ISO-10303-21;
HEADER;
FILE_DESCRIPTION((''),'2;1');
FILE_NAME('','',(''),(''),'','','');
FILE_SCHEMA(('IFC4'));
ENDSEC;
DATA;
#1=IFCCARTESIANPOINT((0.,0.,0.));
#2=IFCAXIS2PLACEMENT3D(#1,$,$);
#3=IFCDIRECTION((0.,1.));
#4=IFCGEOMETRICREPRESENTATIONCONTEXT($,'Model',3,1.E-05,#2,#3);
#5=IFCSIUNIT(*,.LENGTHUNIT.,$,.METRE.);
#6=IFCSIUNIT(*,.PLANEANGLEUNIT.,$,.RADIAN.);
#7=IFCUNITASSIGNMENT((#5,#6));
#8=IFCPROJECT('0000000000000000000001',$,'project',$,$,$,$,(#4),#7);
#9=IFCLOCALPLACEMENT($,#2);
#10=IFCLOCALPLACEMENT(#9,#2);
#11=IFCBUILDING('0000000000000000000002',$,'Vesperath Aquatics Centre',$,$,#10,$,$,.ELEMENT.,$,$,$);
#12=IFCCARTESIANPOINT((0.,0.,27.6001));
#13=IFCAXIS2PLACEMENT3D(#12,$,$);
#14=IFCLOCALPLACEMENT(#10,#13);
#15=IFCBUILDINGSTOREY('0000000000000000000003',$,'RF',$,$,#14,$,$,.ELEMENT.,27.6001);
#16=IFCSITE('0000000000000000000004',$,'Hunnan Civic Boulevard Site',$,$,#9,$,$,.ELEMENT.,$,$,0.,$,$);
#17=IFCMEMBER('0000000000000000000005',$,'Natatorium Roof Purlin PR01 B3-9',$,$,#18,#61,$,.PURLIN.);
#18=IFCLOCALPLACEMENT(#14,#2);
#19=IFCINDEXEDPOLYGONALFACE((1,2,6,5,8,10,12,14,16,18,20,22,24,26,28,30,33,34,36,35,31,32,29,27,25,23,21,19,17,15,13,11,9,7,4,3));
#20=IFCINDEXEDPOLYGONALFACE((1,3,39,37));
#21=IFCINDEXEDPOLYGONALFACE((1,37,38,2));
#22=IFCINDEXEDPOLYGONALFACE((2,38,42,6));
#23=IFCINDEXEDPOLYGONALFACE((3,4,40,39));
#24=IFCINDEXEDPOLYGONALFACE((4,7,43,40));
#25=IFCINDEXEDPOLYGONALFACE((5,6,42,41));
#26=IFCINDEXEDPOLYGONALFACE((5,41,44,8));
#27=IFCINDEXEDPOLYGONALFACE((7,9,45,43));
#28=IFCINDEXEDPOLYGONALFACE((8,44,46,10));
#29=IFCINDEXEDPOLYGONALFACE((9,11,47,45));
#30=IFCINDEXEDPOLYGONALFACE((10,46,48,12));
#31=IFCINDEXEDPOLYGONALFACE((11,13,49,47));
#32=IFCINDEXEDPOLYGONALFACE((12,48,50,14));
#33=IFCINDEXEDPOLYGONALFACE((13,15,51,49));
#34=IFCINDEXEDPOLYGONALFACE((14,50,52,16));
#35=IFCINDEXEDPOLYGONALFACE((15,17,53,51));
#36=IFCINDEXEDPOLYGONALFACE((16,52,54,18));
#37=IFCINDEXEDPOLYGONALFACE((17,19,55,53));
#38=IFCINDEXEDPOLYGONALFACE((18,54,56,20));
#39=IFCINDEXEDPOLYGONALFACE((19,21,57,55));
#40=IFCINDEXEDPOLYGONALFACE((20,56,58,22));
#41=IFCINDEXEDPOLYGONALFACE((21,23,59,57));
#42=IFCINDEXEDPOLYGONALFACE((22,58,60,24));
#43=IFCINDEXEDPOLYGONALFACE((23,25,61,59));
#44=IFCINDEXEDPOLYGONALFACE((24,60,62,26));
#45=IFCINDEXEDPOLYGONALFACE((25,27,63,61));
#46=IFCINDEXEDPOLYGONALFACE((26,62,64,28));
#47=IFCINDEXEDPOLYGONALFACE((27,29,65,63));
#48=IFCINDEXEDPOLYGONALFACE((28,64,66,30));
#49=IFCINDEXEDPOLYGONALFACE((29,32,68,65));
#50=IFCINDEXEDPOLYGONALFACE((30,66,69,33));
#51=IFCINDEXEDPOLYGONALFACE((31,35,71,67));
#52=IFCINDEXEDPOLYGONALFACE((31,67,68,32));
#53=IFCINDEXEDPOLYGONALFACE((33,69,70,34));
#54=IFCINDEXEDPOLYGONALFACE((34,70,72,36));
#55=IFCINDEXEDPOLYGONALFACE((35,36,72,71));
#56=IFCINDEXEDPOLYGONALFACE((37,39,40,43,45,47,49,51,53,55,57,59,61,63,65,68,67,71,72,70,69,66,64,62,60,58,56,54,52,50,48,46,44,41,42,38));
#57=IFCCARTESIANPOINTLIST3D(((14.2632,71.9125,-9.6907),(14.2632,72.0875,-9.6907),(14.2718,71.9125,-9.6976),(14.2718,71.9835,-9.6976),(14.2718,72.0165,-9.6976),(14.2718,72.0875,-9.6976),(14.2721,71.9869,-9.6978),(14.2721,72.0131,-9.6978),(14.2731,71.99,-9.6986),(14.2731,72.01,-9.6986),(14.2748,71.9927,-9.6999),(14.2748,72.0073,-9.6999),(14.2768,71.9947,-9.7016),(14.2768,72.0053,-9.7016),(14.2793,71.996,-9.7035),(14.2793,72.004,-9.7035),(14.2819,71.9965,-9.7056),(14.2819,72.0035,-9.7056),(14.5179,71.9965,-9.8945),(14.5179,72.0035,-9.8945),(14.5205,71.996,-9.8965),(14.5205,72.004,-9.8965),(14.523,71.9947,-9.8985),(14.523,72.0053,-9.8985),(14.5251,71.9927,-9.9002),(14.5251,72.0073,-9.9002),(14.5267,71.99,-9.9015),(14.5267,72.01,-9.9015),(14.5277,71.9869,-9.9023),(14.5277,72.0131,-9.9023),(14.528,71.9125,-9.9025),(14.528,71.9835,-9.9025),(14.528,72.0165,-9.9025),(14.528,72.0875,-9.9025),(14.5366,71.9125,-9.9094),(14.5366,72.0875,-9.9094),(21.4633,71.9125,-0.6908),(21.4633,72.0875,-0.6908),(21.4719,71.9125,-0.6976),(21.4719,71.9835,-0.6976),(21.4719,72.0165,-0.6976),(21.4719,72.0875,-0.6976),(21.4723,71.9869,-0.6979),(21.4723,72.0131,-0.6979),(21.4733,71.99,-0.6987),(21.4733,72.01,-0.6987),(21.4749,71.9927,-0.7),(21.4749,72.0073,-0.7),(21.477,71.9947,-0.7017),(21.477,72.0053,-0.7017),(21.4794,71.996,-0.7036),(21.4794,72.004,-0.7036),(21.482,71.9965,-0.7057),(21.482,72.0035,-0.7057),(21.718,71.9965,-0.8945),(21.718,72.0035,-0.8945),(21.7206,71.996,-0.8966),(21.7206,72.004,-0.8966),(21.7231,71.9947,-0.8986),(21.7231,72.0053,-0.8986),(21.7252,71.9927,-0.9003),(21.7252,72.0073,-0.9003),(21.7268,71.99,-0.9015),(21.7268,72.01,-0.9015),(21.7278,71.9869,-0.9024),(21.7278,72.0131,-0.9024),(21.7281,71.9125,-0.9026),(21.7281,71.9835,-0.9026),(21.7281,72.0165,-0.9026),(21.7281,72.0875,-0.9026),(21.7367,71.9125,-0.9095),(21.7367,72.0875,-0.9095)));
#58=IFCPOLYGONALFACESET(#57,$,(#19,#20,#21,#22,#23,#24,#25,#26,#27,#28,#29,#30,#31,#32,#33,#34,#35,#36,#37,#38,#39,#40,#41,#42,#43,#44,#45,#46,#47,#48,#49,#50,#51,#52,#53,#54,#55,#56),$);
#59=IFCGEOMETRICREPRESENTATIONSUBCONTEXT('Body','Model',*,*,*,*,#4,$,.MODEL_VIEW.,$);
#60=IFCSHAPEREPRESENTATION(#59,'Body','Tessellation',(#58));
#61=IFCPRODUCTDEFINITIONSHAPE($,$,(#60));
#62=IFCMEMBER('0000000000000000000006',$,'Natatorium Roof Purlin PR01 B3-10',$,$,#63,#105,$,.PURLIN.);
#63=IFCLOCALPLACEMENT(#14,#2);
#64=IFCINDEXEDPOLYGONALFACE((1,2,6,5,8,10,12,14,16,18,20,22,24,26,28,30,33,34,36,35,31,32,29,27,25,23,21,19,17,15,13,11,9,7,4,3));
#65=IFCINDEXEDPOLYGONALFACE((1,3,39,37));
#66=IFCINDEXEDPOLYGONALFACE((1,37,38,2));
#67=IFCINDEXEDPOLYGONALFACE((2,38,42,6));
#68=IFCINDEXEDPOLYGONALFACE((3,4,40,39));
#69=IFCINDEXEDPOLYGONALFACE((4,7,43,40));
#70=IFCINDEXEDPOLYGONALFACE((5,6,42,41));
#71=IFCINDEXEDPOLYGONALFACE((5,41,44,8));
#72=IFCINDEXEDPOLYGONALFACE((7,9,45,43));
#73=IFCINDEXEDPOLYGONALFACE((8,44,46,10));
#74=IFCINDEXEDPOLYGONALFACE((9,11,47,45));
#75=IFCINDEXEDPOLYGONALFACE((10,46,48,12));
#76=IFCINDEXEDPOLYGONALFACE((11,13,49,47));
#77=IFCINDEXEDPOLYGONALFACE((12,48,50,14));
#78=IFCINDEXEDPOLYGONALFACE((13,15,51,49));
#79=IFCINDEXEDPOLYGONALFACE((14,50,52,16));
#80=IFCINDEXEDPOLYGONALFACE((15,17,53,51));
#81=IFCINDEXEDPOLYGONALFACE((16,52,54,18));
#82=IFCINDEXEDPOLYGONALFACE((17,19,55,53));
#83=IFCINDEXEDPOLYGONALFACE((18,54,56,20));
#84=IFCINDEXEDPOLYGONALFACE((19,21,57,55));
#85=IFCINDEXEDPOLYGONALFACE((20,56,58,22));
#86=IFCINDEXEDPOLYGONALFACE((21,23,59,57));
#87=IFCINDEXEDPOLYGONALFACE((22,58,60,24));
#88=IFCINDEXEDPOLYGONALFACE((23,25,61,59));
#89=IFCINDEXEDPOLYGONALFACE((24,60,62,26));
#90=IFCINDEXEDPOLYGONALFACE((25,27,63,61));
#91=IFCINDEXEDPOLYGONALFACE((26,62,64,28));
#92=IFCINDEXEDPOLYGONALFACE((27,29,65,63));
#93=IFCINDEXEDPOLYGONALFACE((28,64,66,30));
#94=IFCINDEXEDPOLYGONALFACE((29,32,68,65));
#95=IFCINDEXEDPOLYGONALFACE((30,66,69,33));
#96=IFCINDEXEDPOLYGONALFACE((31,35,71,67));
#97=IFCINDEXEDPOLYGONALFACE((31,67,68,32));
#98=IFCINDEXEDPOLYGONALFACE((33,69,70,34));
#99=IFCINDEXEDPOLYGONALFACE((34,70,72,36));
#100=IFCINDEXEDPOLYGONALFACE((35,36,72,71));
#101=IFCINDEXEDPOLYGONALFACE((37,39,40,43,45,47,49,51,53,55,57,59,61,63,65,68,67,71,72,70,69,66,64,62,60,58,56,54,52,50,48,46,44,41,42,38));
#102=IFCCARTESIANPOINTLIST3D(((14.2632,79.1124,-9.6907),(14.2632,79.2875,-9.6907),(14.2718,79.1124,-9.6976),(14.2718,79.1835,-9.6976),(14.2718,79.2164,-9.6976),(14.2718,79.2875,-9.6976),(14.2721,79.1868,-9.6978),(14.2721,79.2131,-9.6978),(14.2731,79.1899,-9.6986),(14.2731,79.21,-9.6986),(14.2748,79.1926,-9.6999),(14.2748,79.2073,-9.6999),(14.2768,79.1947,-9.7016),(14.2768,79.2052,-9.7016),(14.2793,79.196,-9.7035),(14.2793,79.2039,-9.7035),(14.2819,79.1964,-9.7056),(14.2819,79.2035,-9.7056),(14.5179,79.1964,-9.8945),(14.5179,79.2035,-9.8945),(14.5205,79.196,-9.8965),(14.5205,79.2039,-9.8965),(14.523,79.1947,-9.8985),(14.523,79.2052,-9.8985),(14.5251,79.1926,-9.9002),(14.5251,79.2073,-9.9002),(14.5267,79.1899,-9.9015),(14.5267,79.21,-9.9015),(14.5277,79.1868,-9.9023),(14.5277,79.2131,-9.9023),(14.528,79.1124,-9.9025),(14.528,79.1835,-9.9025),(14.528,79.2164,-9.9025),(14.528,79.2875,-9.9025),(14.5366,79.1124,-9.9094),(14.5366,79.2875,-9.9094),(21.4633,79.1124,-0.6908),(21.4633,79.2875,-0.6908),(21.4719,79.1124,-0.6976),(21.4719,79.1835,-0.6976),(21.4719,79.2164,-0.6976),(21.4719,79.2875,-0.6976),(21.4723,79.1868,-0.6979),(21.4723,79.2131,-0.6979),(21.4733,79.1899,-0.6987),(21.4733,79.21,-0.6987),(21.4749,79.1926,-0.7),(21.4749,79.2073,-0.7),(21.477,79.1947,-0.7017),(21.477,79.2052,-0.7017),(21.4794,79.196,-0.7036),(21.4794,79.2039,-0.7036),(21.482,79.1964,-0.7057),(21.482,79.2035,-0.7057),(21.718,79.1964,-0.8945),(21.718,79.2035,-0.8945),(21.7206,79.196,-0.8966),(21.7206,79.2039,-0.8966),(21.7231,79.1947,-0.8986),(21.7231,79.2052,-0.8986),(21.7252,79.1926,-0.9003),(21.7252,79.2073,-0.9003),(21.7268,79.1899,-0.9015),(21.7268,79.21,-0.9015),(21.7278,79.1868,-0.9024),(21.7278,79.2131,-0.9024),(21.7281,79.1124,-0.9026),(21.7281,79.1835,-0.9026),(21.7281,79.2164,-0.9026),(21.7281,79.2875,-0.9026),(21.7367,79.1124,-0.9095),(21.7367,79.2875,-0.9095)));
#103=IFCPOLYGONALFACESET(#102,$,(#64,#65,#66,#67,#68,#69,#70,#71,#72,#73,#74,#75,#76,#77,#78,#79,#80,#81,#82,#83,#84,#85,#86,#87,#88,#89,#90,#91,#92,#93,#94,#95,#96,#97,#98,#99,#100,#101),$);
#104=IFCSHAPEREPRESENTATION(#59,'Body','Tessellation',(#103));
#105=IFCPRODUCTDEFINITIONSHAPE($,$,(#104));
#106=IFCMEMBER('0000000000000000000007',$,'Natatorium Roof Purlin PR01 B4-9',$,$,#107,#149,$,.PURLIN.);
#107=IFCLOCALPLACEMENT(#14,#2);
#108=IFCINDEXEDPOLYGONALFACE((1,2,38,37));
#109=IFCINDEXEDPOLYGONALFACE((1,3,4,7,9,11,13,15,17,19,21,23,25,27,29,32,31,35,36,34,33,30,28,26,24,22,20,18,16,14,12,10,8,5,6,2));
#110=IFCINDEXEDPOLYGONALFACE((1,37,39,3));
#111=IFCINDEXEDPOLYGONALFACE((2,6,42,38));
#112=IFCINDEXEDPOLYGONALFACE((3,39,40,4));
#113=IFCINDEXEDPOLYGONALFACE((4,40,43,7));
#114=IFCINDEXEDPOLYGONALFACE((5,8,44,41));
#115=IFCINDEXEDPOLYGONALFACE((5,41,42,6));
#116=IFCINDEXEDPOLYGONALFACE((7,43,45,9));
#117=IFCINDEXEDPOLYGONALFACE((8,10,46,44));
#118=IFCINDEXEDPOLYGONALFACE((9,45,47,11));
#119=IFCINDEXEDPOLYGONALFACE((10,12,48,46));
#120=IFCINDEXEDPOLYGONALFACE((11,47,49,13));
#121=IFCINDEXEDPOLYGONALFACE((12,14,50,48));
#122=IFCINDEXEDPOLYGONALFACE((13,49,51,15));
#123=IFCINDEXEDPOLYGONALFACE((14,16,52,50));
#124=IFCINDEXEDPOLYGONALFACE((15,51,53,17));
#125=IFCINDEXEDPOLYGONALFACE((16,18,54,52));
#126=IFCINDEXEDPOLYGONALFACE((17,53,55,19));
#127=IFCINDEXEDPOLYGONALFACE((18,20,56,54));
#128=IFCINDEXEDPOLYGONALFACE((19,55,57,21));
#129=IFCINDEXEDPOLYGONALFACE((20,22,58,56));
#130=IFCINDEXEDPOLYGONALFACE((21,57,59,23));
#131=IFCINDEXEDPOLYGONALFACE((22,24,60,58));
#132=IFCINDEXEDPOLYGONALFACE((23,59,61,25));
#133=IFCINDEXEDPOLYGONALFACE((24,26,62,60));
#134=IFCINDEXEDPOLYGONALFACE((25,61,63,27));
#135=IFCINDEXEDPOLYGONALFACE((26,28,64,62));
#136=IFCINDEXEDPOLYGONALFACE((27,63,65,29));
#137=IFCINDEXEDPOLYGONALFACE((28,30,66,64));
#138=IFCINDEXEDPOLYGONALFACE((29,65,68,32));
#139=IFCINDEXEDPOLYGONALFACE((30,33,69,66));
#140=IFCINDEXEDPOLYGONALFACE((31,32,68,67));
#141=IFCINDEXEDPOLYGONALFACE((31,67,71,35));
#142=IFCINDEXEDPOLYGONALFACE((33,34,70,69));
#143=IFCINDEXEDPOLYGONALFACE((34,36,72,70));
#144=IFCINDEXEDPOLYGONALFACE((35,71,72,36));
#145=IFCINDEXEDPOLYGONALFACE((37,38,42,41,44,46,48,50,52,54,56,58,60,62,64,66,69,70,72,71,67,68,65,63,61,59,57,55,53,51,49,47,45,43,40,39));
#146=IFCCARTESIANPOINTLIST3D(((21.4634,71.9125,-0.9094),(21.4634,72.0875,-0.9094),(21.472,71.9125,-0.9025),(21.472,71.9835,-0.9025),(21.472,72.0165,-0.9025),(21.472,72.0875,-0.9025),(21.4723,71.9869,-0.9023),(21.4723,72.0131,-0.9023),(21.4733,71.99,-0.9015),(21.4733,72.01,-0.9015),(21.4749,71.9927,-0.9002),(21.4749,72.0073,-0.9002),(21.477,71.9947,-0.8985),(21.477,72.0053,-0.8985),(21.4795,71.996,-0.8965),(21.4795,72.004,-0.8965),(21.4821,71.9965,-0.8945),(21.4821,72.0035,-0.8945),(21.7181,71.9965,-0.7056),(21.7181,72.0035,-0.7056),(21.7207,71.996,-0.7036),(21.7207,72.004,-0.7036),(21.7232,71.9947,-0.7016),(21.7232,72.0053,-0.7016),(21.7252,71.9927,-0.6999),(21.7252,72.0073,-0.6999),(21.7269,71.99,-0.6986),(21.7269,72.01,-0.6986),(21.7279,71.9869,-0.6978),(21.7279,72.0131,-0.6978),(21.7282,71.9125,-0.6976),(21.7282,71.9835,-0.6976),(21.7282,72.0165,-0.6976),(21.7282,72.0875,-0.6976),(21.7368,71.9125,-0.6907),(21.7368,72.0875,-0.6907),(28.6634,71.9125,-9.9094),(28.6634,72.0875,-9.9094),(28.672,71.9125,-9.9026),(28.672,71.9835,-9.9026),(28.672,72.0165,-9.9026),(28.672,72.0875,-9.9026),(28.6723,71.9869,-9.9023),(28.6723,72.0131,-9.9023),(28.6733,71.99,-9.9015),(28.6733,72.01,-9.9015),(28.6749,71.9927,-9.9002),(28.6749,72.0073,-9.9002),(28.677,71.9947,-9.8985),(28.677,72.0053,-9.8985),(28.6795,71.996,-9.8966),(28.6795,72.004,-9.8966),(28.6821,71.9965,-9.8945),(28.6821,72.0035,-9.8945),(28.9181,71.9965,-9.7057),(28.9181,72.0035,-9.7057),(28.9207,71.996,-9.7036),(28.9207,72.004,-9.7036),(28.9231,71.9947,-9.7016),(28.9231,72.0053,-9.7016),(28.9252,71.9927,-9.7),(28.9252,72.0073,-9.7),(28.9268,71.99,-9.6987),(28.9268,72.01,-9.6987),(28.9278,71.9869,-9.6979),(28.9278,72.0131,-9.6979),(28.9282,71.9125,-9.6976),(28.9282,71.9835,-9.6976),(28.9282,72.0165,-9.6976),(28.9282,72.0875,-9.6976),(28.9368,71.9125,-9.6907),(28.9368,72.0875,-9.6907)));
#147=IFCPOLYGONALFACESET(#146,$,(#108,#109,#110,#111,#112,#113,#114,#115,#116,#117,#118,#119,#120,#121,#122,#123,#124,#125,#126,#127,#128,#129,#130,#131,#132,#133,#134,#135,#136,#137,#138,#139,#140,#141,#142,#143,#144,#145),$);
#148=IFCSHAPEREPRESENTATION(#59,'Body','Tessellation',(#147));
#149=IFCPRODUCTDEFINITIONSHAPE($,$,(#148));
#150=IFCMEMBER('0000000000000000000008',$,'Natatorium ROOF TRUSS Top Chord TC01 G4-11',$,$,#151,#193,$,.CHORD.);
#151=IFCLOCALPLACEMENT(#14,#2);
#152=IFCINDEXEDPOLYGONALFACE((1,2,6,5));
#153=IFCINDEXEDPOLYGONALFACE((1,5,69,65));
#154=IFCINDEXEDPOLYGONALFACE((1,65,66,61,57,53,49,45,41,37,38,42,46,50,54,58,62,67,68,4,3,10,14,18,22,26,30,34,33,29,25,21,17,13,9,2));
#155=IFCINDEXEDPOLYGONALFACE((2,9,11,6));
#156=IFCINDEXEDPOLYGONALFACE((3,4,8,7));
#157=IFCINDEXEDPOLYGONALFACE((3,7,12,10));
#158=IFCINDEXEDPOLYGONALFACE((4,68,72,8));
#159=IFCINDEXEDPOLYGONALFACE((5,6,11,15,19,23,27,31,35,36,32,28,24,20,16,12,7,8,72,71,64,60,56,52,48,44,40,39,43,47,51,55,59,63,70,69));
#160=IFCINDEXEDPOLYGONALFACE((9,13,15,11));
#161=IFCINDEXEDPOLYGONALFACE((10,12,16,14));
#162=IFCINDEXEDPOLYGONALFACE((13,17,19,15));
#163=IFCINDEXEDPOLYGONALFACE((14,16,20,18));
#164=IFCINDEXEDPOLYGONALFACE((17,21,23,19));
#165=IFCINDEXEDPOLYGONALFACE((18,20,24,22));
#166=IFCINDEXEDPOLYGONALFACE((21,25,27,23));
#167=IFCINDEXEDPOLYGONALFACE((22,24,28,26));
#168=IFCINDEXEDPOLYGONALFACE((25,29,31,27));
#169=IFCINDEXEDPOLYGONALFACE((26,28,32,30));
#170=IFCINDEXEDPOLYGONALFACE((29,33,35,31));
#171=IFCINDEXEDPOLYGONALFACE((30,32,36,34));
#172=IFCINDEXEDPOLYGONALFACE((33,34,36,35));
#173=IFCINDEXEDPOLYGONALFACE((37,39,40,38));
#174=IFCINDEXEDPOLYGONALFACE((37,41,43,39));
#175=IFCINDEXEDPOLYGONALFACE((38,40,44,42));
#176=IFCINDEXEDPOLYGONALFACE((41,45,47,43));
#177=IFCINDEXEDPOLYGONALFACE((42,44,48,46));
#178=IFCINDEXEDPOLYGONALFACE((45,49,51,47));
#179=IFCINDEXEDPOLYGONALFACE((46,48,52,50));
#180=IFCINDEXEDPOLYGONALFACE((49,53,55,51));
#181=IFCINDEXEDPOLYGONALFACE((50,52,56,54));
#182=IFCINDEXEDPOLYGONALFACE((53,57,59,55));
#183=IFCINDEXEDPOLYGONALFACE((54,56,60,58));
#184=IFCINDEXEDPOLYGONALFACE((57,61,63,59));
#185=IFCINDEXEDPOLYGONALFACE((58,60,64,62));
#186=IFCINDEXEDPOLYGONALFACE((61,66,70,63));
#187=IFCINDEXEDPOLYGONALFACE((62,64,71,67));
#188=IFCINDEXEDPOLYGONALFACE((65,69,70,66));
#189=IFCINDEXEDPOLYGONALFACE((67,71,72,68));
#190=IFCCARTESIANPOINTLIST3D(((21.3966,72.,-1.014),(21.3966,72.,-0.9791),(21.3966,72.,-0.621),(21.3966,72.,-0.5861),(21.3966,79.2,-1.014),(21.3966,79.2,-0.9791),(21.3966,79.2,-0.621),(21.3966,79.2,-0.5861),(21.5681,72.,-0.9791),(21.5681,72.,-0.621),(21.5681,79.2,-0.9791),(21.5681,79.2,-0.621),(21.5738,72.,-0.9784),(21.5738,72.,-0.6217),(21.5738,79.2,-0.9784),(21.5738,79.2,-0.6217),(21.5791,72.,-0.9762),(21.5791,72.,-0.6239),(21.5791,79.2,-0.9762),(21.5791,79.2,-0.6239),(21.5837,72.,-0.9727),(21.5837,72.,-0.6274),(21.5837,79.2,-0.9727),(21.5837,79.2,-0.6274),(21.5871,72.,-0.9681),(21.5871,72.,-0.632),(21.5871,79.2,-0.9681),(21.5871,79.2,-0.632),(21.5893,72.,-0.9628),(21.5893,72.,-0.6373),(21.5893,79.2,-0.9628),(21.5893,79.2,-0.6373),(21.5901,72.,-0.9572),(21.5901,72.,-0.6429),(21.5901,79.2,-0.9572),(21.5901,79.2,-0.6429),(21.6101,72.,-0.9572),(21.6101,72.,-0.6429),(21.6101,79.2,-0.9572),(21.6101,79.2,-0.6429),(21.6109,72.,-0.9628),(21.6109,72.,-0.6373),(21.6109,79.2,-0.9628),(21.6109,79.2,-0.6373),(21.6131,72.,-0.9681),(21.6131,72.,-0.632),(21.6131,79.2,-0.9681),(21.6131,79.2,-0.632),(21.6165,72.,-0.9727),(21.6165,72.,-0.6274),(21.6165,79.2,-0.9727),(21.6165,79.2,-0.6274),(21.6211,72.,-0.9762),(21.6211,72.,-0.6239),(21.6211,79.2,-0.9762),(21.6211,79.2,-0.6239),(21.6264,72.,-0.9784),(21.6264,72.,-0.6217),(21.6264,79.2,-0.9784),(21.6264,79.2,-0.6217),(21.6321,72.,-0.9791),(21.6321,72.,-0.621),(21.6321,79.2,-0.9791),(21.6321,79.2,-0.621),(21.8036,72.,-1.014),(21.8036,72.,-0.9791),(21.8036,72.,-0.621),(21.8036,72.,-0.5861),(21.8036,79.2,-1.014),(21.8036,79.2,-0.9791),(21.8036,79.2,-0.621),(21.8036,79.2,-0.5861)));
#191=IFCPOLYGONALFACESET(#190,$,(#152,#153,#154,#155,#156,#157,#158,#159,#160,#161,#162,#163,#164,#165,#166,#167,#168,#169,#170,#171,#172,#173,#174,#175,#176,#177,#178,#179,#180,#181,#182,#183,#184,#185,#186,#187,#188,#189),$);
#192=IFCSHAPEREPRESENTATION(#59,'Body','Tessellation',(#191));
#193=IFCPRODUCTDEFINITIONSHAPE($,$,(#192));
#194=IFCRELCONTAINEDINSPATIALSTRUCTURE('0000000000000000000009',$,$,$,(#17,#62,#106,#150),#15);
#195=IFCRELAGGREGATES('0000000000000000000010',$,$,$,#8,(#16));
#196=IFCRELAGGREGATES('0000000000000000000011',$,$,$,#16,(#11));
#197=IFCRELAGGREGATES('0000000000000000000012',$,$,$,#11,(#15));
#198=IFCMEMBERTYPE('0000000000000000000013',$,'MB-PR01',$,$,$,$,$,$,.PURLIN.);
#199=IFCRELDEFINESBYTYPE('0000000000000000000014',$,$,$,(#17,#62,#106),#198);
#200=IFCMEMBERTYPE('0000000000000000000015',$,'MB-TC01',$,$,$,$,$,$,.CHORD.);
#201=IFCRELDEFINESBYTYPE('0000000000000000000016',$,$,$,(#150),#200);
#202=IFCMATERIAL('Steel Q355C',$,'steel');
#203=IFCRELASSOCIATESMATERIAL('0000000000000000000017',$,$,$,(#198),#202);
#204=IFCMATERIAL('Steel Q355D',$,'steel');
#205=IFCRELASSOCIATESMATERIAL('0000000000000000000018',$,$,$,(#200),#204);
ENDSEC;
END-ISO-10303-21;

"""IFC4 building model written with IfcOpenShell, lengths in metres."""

from ifc_helpers import new_model, si_unit, direction, frame, origin, origin_2d, place, context, subcontext, project, spatial, i_section, extrude, material, material_profile, profile_set, type_object, element, save


model = new_model("IFC4")

# Units and contexts
model_context = context("Model", 3, precision=1e-05, world=origin(), true_north=direction((0.0, 1.0)))
body_context = subcontext(model_context, "Body", "Model", "MODEL_VIEW")
ifc_project = project(units=[si_unit("LENGTHUNIT", "METRE"), si_unit("PLANEANGLEUNIT", "RADIAN")], contexts=[model_context])

# Site, building, storey
site_placement = place(None, origin())
site = spatial("IfcSite", under=ifc_project, at=site_placement, Name="Hunnan Civic Boulevard Site", CompositionType="ELEMENT", RefElevation=0.0)
building_placement = place(site_placement, origin())
building = spatial("IfcBuilding", under=site, at=building_placement, Name="Vesperath Aquatics Centre", CompositionType="ELEMENT")
storey_placement = place(building_placement, frame((0.0, 0.0, 27.6001)))
storey = spatial("IfcBuildingStorey", under=building, at=storey_placement, Name="RF", CompositionType="ELEMENT", Elevation=27.6001)

# Shared definitions
ifc_material_1 = material(Name="Steel Q355C", Category="steel")

# Members
ifc_material_2 = material(Name="Steel Q355D", Category="steel")
ifc_material_profile_1 = material_profile(ifc_material_1, i_section(OverallWidth=0.175, OverallDepth=0.3501, WebThickness=0.0071, FlangeThickness=0.011, FilletRadius=0.0129, at=origin_2d()), Name="HN 350x175x7x11")
ifc_profile_set_1 = profile_set([ifc_material_profile_1], Name="Steel Q355C")
member_type_1 = type_object("IfcMemberType", Name="MB-PR01", PredefinedType="PURLIN", material=ifc_profile_set_1)
for number, where, z_axis, x_axis, name in (
    (1, (14.3999, 72.0, -9.8), (0.624705, 0.0, 0.780861), (0.0, 1.0, 0.0), "Natatorium Roof Purlin PR01 B3-9"),
    (2, (14.3999, 79.2, -9.8), (0.624705, 0.0, 0.780861), (0.0, 1.0, 0.0), "Natatorium Roof Purlin PR01 B3-10"),
    (3, (21.6001, 72.0, -0.8), (0.624692, 0.0, -0.780871), (0.0, 1.0, 0.0), "Natatorium Roof Purlin PR01 B4-9"),
):
    element("IfcMember", number, at=place(storey_placement, frame(where, z_axis=z_axis, x_axis=x_axis)), inside=storey, type_object=member_type_1, Name=name, PredefinedType="PURLIN", context=body_context, shape_type="SweptSolid", body=[
        extrude(i_section(OverallWidth=0.175, OverallDepth=0.3501, WebThickness=0.0071, FlangeThickness=0.011, FilletRadius=0.0129, at=origin_2d()), origin(), (0.0, 0.0, 1.0), 11.5256),
    ])
ifc_material_profile_2 = material_profile(ifc_material_2, i_section(OverallWidth=0.407, OverallDepth=0.428, WebThickness=0.02, FlangeThickness=0.0349, FilletRadius=0.022, at=origin_2d()), Name="HW 428x407x20x35")
ifc_profile_set_2 = profile_set([ifc_material_profile_2], Name="Steel Q355D")
member_type_2 = type_object("IfcMemberType", Name="MB-TC01", PredefinedType="CHORD", material=ifc_profile_set_2)
member_1_placement = place(storey_placement, frame((21.6001, 72.0, -0.8), z_axis=(0.0, 1.0, 0.0), x_axis=(-1.0, 0.0, 0.0)))
element("IfcMember", 4, at=member_1_placement, inside=storey, type_object=member_type_2, Name="Natatorium ROOF TRUSS Top Chord TC01 G4-11", PredefinedType="CHORD", context=body_context, shape_type="SweptSolid", body=[
    extrude(i_section(OverallWidth=0.407, OverallDepth=0.428, WebThickness=0.02, FlangeThickness=0.0349, FilletRadius=0.022, at=origin_2d()), origin(), (0.0, 0.0, 1.0), 7.2),
])

save(model, "model.ifc")
